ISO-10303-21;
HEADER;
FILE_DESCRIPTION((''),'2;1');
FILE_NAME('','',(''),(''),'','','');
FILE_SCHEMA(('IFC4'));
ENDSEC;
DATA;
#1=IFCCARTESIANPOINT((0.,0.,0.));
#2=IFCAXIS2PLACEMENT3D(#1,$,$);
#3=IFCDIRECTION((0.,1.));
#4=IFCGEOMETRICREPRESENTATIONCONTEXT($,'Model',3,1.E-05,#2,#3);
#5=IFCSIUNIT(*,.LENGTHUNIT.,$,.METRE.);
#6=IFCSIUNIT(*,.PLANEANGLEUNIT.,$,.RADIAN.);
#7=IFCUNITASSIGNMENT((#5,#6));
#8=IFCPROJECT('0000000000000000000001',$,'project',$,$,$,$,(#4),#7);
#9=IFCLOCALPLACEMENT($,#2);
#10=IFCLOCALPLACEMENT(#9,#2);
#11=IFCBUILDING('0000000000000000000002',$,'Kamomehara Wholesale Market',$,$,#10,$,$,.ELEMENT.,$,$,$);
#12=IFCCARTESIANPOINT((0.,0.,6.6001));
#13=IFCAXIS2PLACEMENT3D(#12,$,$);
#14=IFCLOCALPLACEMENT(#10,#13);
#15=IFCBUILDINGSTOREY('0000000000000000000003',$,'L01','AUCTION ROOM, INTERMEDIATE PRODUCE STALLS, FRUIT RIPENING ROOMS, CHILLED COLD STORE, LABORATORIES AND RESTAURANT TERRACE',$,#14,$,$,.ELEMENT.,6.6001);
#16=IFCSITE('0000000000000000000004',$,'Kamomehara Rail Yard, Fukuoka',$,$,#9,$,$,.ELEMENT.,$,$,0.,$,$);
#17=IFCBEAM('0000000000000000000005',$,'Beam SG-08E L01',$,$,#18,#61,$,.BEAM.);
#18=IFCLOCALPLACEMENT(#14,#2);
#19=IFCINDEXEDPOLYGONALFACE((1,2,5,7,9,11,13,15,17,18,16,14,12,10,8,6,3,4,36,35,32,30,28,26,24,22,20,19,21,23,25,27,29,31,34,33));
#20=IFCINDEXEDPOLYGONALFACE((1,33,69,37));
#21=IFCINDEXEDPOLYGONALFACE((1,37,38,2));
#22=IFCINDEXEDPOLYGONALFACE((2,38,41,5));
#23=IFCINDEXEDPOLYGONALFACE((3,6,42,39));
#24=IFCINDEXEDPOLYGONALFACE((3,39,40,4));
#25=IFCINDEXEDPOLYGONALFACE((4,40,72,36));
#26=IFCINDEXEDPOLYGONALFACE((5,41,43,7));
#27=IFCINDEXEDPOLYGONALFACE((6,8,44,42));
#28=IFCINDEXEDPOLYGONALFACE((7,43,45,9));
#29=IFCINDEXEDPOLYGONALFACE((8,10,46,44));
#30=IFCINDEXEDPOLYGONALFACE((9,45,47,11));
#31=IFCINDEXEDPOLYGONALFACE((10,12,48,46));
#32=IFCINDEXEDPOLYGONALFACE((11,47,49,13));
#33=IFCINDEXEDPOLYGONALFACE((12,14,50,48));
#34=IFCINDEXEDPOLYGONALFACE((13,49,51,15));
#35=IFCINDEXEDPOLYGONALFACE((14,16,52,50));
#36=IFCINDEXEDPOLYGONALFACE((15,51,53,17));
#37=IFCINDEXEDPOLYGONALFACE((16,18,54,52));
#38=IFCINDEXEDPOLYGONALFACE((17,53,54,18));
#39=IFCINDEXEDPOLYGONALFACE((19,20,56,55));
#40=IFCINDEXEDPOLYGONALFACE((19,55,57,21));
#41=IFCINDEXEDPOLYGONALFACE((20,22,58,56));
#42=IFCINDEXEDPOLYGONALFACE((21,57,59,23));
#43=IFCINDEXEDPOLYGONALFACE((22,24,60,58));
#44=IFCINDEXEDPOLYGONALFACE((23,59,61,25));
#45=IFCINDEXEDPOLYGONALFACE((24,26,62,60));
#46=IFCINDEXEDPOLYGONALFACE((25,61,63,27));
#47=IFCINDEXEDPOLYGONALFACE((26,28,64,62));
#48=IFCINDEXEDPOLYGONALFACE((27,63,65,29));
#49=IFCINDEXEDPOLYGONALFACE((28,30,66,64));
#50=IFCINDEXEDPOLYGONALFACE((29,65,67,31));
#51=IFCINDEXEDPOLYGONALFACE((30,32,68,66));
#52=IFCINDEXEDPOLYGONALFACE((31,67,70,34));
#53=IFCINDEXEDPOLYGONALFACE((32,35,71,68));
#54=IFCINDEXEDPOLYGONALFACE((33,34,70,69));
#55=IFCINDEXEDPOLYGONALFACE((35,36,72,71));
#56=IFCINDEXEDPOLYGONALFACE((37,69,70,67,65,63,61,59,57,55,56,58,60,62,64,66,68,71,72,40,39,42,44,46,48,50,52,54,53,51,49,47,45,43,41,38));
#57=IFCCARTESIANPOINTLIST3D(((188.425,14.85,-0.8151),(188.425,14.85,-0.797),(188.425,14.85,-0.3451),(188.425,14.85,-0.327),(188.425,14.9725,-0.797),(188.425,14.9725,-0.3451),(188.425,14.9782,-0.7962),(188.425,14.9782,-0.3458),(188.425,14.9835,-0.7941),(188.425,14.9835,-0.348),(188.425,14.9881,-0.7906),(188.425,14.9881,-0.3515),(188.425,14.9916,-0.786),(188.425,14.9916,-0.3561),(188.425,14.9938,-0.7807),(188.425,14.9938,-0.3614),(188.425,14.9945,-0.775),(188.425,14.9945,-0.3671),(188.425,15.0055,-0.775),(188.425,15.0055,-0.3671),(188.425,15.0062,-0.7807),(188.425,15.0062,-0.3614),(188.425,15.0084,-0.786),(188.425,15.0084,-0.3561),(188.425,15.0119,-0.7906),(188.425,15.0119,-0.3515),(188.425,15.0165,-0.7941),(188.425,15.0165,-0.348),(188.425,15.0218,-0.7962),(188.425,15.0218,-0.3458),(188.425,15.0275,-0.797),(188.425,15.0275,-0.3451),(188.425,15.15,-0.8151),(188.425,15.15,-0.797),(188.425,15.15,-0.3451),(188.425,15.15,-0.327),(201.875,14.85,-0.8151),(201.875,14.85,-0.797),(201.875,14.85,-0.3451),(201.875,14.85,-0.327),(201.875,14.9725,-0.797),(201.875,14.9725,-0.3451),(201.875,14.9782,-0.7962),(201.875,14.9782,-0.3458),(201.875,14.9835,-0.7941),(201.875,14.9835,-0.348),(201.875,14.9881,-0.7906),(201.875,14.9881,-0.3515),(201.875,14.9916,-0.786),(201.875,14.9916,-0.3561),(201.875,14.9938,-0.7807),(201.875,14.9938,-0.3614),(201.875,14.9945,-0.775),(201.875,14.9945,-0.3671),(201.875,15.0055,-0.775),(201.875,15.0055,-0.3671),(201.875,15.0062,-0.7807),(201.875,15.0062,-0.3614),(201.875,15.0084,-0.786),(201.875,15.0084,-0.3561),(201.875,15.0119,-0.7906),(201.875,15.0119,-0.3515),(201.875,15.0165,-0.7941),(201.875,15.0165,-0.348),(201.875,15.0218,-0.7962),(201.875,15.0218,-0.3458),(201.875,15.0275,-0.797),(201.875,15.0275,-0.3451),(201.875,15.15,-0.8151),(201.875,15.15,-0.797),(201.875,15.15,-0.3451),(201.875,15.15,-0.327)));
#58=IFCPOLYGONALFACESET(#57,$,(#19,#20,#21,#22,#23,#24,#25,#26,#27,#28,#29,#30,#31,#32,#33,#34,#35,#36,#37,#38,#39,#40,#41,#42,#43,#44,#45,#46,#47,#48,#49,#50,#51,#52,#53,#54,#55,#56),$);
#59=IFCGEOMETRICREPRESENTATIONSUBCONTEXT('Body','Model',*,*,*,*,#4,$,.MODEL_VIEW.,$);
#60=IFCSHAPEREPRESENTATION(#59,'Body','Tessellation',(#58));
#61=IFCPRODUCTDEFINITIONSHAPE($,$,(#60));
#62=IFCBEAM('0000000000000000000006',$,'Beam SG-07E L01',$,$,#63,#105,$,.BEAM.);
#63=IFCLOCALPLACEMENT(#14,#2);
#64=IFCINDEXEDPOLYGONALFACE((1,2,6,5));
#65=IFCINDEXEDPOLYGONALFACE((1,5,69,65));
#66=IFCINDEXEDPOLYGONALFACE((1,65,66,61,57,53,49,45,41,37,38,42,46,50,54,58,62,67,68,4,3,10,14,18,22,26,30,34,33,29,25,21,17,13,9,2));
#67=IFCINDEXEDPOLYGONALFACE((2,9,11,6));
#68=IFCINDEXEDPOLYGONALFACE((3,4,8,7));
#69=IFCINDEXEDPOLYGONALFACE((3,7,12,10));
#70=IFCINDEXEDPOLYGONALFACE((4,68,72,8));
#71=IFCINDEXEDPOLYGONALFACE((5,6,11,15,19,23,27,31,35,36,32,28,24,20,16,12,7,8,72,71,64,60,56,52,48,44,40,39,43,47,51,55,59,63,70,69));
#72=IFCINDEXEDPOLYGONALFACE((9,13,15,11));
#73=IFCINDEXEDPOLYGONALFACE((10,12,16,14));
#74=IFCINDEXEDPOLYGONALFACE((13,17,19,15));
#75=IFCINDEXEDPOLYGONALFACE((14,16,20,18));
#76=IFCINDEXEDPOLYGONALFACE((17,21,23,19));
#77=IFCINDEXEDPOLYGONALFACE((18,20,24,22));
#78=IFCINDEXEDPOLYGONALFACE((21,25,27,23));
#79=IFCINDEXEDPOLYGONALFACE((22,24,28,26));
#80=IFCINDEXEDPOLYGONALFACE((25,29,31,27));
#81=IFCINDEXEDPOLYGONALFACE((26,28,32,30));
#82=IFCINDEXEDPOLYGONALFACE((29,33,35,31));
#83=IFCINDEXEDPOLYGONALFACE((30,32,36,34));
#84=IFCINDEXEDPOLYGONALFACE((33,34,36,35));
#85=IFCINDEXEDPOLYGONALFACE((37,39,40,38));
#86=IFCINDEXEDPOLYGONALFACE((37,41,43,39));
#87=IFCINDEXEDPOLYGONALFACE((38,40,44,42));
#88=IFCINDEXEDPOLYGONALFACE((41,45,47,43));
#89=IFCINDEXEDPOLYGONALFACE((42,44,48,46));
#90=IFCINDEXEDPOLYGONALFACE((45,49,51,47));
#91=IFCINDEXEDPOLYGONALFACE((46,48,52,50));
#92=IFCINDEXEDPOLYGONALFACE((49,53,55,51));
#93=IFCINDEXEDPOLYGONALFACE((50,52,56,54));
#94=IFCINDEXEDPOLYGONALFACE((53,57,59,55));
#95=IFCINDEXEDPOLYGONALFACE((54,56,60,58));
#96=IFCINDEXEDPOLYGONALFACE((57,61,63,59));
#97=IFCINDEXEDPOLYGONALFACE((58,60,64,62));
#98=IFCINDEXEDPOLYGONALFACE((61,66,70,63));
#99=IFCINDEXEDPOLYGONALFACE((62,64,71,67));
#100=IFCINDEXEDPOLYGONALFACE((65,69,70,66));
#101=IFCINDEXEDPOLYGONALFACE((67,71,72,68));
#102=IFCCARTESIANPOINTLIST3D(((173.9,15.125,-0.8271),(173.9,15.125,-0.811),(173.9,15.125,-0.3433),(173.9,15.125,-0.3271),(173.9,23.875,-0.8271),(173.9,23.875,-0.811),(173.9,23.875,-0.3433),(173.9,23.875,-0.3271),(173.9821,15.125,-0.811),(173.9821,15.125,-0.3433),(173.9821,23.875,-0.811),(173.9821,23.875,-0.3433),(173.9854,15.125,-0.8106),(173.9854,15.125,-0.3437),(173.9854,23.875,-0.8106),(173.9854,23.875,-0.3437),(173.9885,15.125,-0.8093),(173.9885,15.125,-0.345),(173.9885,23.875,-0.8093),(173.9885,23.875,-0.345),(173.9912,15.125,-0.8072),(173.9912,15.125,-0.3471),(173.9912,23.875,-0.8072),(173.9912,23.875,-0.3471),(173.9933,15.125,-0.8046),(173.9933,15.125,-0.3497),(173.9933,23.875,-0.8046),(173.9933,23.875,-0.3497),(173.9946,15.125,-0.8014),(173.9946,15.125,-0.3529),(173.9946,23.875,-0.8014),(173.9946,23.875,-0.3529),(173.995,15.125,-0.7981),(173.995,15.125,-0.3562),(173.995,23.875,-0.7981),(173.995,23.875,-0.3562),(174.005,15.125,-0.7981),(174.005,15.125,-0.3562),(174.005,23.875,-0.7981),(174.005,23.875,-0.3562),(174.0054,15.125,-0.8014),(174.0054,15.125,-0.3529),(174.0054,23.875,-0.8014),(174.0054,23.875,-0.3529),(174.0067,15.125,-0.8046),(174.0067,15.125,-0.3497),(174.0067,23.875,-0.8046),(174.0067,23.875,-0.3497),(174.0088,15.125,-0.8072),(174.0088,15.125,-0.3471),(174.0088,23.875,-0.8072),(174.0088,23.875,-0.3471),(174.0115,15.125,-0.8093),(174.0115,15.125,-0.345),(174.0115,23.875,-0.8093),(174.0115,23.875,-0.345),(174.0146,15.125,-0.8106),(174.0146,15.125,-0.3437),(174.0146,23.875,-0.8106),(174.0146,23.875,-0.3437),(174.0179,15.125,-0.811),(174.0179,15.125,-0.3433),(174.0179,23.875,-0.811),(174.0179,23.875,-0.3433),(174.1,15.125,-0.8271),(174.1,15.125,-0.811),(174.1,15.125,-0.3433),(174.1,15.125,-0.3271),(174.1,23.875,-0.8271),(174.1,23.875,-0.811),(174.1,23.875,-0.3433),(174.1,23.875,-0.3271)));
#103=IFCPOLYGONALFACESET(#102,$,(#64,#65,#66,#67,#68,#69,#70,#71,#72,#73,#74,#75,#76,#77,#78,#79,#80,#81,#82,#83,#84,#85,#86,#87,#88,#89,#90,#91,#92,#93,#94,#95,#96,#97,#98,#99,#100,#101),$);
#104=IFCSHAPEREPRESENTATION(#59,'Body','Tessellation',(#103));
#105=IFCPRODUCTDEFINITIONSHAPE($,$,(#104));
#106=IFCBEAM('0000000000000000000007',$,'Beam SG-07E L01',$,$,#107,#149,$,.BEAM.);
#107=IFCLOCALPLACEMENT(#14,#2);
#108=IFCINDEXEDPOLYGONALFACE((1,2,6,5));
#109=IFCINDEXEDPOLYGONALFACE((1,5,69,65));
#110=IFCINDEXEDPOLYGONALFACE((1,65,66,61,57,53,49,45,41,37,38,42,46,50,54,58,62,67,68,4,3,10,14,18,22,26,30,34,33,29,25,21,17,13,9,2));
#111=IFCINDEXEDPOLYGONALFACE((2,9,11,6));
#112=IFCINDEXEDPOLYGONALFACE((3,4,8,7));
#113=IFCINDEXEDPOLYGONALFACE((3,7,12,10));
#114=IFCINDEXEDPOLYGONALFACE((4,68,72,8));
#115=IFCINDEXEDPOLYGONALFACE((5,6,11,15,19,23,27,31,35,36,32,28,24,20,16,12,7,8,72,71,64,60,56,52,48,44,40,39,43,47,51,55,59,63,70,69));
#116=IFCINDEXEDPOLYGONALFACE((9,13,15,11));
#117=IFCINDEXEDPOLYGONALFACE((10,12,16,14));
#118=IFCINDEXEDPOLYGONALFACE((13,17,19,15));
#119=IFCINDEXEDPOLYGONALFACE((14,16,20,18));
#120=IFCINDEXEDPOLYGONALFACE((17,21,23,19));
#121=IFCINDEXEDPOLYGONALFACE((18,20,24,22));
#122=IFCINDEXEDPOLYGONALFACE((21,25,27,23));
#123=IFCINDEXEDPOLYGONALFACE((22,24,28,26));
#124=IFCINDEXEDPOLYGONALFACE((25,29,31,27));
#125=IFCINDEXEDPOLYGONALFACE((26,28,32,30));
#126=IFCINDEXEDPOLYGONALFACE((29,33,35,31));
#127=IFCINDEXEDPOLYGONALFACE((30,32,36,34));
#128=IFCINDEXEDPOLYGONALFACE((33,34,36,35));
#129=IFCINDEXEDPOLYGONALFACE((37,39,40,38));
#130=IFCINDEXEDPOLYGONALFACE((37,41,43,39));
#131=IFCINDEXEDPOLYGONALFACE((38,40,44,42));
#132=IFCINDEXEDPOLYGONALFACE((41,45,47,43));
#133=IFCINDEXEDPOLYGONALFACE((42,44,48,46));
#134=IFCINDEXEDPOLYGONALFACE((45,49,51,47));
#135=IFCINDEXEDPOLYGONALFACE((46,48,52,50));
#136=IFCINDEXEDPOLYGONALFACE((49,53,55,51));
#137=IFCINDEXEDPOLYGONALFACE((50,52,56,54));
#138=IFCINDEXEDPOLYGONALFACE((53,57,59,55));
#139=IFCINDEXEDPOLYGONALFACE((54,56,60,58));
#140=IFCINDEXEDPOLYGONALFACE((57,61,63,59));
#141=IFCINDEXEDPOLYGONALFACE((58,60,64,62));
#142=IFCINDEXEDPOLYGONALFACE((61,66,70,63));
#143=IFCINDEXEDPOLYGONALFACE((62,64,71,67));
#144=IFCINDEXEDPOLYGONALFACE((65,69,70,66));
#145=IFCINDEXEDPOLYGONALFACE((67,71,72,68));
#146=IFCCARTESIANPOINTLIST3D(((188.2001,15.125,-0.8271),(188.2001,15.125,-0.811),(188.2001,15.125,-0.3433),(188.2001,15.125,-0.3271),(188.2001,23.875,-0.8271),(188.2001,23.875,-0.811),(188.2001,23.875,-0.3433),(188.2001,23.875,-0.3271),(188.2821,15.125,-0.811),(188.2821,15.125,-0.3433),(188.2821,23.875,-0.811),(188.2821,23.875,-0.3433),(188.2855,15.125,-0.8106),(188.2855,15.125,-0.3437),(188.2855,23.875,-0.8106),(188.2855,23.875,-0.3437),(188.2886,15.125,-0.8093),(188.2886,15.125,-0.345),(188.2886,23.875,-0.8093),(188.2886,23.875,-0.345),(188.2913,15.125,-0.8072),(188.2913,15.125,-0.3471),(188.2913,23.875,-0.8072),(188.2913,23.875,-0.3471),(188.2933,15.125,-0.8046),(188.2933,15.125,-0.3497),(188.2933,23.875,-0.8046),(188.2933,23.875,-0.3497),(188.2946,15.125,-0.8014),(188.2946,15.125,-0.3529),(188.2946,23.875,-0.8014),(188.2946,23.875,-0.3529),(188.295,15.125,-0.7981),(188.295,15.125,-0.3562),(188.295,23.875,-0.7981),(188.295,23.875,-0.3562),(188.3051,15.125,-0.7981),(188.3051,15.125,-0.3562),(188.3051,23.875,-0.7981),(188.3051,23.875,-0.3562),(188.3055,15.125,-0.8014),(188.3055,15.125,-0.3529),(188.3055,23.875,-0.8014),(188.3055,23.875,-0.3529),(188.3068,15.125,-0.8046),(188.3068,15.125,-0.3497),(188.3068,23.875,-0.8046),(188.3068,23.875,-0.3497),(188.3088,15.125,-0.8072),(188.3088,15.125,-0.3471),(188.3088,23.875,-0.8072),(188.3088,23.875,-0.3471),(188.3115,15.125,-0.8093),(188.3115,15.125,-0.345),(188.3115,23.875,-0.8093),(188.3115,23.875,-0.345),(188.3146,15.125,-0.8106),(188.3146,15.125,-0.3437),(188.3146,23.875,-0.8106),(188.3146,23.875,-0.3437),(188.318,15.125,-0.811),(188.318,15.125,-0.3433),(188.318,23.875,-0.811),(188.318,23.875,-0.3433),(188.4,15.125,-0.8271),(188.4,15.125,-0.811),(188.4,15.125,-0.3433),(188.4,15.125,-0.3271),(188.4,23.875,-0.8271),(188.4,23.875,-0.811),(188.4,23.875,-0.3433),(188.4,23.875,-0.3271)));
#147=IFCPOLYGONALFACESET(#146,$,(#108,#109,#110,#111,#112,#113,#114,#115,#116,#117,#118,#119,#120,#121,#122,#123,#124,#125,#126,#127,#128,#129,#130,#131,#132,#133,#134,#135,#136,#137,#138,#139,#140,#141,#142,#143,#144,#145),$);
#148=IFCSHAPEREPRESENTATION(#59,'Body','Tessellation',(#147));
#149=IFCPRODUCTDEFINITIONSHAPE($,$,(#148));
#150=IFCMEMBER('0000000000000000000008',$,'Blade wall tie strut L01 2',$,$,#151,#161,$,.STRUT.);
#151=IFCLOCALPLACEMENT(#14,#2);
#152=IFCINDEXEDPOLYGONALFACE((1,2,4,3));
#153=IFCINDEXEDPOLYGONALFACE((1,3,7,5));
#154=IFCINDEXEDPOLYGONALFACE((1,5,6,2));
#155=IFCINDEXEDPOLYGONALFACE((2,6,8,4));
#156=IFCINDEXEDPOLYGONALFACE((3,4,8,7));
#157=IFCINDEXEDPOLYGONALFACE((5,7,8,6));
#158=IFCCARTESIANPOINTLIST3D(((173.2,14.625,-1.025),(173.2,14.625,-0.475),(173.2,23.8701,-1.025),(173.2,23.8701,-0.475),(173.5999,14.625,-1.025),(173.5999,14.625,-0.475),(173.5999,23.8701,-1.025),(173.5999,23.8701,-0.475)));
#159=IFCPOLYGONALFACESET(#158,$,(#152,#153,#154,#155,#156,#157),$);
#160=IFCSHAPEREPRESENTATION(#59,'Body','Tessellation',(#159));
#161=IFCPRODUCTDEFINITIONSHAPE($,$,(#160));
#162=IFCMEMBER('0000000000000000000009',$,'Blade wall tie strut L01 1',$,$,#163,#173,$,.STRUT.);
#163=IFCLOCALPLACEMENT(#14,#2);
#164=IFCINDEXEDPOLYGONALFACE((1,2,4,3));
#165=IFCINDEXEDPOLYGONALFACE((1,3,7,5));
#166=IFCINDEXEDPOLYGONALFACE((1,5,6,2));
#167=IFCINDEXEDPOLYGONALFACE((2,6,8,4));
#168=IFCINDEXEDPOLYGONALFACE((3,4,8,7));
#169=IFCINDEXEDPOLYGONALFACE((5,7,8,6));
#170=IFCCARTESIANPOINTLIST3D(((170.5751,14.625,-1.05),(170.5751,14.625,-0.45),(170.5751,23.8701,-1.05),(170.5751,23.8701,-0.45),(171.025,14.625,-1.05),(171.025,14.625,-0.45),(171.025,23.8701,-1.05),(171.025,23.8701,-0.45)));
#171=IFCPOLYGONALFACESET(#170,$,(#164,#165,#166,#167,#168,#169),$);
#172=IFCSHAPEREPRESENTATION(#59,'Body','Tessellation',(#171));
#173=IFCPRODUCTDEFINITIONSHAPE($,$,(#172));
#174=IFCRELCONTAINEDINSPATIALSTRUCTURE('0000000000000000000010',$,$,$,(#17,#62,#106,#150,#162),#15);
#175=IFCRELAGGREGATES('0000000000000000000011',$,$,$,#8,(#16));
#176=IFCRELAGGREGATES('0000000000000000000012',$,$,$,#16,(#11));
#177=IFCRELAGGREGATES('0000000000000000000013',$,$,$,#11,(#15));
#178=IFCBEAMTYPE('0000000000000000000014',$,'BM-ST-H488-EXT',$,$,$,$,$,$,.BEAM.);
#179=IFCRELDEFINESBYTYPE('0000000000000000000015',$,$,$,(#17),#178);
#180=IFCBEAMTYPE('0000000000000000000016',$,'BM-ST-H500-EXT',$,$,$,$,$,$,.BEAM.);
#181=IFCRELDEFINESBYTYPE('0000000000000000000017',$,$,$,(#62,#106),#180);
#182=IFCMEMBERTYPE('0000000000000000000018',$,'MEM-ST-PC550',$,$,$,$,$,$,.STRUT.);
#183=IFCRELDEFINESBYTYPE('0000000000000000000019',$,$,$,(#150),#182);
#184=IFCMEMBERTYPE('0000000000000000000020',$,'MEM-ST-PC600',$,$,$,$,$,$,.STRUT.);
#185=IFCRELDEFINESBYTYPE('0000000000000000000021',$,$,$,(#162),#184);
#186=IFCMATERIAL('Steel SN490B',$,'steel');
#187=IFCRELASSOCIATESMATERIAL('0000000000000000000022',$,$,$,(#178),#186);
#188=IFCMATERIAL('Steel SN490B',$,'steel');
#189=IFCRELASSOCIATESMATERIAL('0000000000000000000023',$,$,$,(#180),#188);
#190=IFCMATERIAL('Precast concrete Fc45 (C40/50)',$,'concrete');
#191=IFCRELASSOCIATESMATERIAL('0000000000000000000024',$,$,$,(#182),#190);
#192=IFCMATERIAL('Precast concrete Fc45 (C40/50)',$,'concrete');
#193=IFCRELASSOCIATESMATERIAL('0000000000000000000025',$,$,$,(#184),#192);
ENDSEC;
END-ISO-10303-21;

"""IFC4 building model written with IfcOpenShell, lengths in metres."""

from ifc_helpers import new_model, si_unit, direction, frame, origin, origin_2d, place, context, subcontext, project, spatial, rectangle, i_section, extrude, material, material_profile, profile_set, type_object, element, save


model = new_model("IFC4")

# Units and contexts
model_context = context("Model", 3, precision=1e-05, world=origin(), true_north=direction((0.0, 1.0)))
body_context = subcontext(model_context, "Body", "Model", "MODEL_VIEW")
ifc_project = project(units=[si_unit("LENGTHUNIT", "METRE"), si_unit("PLANEANGLEUNIT", "RADIAN")], contexts=[model_context])

# Site, building, storey
site_placement = place(None, origin())
site = spatial("IfcSite", under=ifc_project, at=site_placement, Name="Kamomehara Rail Yard, Fukuoka", CompositionType="ELEMENT", RefElevation=0.0)
building_placement = place(site_placement, origin())
building = spatial("IfcBuilding", under=site, at=building_placement, Name="Kamomehara Wholesale Market", CompositionType="ELEMENT")
storey_placement = place(building_placement, frame((0.0, 0.0, 6.6001)))
storey = spatial("IfcBuildingStorey", under=building, at=storey_placement, Name="L01", Description="AUCTION ROOM, INTERMEDIATE PRODUCE STALLS, FRUIT RIPENING ROOMS, CHILLED COLD STORE, LABORATORIES AND RESTAURANT TERRACE", CompositionType="ELEMENT", Elevation=6.6001)

# Beams
ifc_material_1 = material(Name="Steel SN490B", Category="steel")
ifc_material_profile_1 = material_profile(ifc_material_1, i_section(OverallWidth=0.3, OverallDepth=0.488, WebThickness=0.011, FlangeThickness=0.0181, FilletRadius=0.022, at=origin_2d()), Name="H-488x300x11x18")
ifc_profile_set_1 = profile_set([ifc_material_profile_1], Name="Steel SN490B")
beam_type_1 = type_object("IfcBeamType", Name="BM-ST-H488-EXT", PredefinedType="BEAM", material=ifc_profile_set_1)
beam_1_placement = place(storey_placement, frame((188.425, 15.0, -0.571), z_axis=(1.0, 0.0, 0.0), x_axis=(0.0, 1.0, 0.0)))
element("IfcBeam", 1, at=beam_1_placement, inside=storey, type_object=beam_type_1, Name="Beam SG-08E L01", PredefinedType="BEAM", context=body_context, shape_type="SweptSolid", body=[
    extrude(i_section(OverallWidth=0.3, OverallDepth=0.488, WebThickness=0.011, FlangeThickness=0.0181, FilletRadius=0.022, at=origin_2d()), origin(), (0.0, 0.0, 1.0), 13.45),
])
ifc_material_2 = material(Name="Steel SN490B", Category="steel")
ifc_material_profile_2 = material_profile(ifc_material_2, i_section(OverallWidth=0.2, OverallDepth=0.5, WebThickness=0.01, FlangeThickness=0.0161, FilletRadius=0.0129, at=origin_2d()), Name="H-500x200x10x16")
ifc_profile_set_2 = profile_set([ifc_material_profile_2], Name="Steel SN490B")
beam_type_2 = type_object("IfcBeamType", Name="BM-ST-H500-EXT", PredefinedType="BEAM", material=ifc_profile_set_2)
for number, where, z_axis, x_axis, name in (
    (2, (174.0, 15.125, -0.5771), (0.0, 1.0, 0.0), (-1.0, 0.0, 0.0), "Beam SG-07E L01"),
    (3, (188.3, 15.125, -0.5771), (0.0, 1.0, 0.0), (-1.0, 0.0, 0.0), "Beam SG-07E L01"),
):
    element("IfcBeam", number, at=place(storey_placement, frame(where, z_axis=z_axis, x_axis=x_axis)), inside=storey, type_object=beam_type_2, Name=name, PredefinedType="BEAM", context=body_context, shape_type="SweptSolid", body=[
        extrude(i_section(OverallWidth=0.2, OverallDepth=0.5, WebThickness=0.01, FlangeThickness=0.0161, FilletRadius=0.0129, at=origin_2d()), origin(), (0.0, 0.0, 1.0), 8.75),
    ])

# Members
ifc_material_3 = material(Name="Precast concrete Fc45 (C40/50)", Category="concrete")
ifc_material_profile_3 = material_profile(ifc_material_3, rectangle(XDim=0.3999, YDim=0.55, at=origin_2d()), Name="PC-STR-400x550")
ifc_profile_set_3 = profile_set([ifc_material_profile_3], Name="Precast concrete Fc45 (C40/50)")
member_type_1 = type_object("IfcMemberType", Name="MEM-ST-PC550", PredefinedType="STRUT", material=ifc_profile_set_3)
member_1_placement = place(storey_placement, frame((173.3999, 14.625, -0.75), z_axis=(0.0, 1.0, 0.0), x_axis=(-1.0, 0.0, 0.0)))
element("IfcMember", 4, at=member_1_placement, inside=storey, type_object=member_type_1, Name="Blade wall tie strut L01 2", PredefinedType="STRUT", context=body_context, shape_type="SweptSolid", body=[
    extrude(rectangle(XDim=0.3999, YDim=0.55, at=origin_2d()), origin(), (0.0, 0.0, 1.0), 9.2451),
])
ifc_material_4 = material(Name="Precast concrete Fc45 (C40/50)", Category="concrete")
ifc_material_profile_4 = material_profile(ifc_material_4, rectangle(XDim=0.45, YDim=0.6001, at=origin_2d()), Name="PC-STR-450x600")
ifc_profile_set_4 = profile_set([ifc_material_profile_4], Name="Precast concrete Fc45 (C40/50)")
member_type_2 = type_object("IfcMemberType", Name="MEM-ST-PC600", PredefinedType="STRUT", material=ifc_profile_set_4)
member_2_placement = place(storey_placement, frame((170.8, 14.625, -0.75), z_axis=(0.0, 1.0, 0.0), x_axis=(-1.0, 0.0, 0.0)))
element("IfcMember", 5, at=member_2_placement, inside=storey, type_object=member_type_2, Name="Blade wall tie strut L01 1", PredefinedType="STRUT", context=body_context, shape_type="SweptSolid", body=[
    extrude(rectangle(XDim=0.45, YDim=0.6001, at=origin_2d()), origin(), (0.0, 0.0, 1.0), 9.2451),
])

save(model, "model.ifc")
